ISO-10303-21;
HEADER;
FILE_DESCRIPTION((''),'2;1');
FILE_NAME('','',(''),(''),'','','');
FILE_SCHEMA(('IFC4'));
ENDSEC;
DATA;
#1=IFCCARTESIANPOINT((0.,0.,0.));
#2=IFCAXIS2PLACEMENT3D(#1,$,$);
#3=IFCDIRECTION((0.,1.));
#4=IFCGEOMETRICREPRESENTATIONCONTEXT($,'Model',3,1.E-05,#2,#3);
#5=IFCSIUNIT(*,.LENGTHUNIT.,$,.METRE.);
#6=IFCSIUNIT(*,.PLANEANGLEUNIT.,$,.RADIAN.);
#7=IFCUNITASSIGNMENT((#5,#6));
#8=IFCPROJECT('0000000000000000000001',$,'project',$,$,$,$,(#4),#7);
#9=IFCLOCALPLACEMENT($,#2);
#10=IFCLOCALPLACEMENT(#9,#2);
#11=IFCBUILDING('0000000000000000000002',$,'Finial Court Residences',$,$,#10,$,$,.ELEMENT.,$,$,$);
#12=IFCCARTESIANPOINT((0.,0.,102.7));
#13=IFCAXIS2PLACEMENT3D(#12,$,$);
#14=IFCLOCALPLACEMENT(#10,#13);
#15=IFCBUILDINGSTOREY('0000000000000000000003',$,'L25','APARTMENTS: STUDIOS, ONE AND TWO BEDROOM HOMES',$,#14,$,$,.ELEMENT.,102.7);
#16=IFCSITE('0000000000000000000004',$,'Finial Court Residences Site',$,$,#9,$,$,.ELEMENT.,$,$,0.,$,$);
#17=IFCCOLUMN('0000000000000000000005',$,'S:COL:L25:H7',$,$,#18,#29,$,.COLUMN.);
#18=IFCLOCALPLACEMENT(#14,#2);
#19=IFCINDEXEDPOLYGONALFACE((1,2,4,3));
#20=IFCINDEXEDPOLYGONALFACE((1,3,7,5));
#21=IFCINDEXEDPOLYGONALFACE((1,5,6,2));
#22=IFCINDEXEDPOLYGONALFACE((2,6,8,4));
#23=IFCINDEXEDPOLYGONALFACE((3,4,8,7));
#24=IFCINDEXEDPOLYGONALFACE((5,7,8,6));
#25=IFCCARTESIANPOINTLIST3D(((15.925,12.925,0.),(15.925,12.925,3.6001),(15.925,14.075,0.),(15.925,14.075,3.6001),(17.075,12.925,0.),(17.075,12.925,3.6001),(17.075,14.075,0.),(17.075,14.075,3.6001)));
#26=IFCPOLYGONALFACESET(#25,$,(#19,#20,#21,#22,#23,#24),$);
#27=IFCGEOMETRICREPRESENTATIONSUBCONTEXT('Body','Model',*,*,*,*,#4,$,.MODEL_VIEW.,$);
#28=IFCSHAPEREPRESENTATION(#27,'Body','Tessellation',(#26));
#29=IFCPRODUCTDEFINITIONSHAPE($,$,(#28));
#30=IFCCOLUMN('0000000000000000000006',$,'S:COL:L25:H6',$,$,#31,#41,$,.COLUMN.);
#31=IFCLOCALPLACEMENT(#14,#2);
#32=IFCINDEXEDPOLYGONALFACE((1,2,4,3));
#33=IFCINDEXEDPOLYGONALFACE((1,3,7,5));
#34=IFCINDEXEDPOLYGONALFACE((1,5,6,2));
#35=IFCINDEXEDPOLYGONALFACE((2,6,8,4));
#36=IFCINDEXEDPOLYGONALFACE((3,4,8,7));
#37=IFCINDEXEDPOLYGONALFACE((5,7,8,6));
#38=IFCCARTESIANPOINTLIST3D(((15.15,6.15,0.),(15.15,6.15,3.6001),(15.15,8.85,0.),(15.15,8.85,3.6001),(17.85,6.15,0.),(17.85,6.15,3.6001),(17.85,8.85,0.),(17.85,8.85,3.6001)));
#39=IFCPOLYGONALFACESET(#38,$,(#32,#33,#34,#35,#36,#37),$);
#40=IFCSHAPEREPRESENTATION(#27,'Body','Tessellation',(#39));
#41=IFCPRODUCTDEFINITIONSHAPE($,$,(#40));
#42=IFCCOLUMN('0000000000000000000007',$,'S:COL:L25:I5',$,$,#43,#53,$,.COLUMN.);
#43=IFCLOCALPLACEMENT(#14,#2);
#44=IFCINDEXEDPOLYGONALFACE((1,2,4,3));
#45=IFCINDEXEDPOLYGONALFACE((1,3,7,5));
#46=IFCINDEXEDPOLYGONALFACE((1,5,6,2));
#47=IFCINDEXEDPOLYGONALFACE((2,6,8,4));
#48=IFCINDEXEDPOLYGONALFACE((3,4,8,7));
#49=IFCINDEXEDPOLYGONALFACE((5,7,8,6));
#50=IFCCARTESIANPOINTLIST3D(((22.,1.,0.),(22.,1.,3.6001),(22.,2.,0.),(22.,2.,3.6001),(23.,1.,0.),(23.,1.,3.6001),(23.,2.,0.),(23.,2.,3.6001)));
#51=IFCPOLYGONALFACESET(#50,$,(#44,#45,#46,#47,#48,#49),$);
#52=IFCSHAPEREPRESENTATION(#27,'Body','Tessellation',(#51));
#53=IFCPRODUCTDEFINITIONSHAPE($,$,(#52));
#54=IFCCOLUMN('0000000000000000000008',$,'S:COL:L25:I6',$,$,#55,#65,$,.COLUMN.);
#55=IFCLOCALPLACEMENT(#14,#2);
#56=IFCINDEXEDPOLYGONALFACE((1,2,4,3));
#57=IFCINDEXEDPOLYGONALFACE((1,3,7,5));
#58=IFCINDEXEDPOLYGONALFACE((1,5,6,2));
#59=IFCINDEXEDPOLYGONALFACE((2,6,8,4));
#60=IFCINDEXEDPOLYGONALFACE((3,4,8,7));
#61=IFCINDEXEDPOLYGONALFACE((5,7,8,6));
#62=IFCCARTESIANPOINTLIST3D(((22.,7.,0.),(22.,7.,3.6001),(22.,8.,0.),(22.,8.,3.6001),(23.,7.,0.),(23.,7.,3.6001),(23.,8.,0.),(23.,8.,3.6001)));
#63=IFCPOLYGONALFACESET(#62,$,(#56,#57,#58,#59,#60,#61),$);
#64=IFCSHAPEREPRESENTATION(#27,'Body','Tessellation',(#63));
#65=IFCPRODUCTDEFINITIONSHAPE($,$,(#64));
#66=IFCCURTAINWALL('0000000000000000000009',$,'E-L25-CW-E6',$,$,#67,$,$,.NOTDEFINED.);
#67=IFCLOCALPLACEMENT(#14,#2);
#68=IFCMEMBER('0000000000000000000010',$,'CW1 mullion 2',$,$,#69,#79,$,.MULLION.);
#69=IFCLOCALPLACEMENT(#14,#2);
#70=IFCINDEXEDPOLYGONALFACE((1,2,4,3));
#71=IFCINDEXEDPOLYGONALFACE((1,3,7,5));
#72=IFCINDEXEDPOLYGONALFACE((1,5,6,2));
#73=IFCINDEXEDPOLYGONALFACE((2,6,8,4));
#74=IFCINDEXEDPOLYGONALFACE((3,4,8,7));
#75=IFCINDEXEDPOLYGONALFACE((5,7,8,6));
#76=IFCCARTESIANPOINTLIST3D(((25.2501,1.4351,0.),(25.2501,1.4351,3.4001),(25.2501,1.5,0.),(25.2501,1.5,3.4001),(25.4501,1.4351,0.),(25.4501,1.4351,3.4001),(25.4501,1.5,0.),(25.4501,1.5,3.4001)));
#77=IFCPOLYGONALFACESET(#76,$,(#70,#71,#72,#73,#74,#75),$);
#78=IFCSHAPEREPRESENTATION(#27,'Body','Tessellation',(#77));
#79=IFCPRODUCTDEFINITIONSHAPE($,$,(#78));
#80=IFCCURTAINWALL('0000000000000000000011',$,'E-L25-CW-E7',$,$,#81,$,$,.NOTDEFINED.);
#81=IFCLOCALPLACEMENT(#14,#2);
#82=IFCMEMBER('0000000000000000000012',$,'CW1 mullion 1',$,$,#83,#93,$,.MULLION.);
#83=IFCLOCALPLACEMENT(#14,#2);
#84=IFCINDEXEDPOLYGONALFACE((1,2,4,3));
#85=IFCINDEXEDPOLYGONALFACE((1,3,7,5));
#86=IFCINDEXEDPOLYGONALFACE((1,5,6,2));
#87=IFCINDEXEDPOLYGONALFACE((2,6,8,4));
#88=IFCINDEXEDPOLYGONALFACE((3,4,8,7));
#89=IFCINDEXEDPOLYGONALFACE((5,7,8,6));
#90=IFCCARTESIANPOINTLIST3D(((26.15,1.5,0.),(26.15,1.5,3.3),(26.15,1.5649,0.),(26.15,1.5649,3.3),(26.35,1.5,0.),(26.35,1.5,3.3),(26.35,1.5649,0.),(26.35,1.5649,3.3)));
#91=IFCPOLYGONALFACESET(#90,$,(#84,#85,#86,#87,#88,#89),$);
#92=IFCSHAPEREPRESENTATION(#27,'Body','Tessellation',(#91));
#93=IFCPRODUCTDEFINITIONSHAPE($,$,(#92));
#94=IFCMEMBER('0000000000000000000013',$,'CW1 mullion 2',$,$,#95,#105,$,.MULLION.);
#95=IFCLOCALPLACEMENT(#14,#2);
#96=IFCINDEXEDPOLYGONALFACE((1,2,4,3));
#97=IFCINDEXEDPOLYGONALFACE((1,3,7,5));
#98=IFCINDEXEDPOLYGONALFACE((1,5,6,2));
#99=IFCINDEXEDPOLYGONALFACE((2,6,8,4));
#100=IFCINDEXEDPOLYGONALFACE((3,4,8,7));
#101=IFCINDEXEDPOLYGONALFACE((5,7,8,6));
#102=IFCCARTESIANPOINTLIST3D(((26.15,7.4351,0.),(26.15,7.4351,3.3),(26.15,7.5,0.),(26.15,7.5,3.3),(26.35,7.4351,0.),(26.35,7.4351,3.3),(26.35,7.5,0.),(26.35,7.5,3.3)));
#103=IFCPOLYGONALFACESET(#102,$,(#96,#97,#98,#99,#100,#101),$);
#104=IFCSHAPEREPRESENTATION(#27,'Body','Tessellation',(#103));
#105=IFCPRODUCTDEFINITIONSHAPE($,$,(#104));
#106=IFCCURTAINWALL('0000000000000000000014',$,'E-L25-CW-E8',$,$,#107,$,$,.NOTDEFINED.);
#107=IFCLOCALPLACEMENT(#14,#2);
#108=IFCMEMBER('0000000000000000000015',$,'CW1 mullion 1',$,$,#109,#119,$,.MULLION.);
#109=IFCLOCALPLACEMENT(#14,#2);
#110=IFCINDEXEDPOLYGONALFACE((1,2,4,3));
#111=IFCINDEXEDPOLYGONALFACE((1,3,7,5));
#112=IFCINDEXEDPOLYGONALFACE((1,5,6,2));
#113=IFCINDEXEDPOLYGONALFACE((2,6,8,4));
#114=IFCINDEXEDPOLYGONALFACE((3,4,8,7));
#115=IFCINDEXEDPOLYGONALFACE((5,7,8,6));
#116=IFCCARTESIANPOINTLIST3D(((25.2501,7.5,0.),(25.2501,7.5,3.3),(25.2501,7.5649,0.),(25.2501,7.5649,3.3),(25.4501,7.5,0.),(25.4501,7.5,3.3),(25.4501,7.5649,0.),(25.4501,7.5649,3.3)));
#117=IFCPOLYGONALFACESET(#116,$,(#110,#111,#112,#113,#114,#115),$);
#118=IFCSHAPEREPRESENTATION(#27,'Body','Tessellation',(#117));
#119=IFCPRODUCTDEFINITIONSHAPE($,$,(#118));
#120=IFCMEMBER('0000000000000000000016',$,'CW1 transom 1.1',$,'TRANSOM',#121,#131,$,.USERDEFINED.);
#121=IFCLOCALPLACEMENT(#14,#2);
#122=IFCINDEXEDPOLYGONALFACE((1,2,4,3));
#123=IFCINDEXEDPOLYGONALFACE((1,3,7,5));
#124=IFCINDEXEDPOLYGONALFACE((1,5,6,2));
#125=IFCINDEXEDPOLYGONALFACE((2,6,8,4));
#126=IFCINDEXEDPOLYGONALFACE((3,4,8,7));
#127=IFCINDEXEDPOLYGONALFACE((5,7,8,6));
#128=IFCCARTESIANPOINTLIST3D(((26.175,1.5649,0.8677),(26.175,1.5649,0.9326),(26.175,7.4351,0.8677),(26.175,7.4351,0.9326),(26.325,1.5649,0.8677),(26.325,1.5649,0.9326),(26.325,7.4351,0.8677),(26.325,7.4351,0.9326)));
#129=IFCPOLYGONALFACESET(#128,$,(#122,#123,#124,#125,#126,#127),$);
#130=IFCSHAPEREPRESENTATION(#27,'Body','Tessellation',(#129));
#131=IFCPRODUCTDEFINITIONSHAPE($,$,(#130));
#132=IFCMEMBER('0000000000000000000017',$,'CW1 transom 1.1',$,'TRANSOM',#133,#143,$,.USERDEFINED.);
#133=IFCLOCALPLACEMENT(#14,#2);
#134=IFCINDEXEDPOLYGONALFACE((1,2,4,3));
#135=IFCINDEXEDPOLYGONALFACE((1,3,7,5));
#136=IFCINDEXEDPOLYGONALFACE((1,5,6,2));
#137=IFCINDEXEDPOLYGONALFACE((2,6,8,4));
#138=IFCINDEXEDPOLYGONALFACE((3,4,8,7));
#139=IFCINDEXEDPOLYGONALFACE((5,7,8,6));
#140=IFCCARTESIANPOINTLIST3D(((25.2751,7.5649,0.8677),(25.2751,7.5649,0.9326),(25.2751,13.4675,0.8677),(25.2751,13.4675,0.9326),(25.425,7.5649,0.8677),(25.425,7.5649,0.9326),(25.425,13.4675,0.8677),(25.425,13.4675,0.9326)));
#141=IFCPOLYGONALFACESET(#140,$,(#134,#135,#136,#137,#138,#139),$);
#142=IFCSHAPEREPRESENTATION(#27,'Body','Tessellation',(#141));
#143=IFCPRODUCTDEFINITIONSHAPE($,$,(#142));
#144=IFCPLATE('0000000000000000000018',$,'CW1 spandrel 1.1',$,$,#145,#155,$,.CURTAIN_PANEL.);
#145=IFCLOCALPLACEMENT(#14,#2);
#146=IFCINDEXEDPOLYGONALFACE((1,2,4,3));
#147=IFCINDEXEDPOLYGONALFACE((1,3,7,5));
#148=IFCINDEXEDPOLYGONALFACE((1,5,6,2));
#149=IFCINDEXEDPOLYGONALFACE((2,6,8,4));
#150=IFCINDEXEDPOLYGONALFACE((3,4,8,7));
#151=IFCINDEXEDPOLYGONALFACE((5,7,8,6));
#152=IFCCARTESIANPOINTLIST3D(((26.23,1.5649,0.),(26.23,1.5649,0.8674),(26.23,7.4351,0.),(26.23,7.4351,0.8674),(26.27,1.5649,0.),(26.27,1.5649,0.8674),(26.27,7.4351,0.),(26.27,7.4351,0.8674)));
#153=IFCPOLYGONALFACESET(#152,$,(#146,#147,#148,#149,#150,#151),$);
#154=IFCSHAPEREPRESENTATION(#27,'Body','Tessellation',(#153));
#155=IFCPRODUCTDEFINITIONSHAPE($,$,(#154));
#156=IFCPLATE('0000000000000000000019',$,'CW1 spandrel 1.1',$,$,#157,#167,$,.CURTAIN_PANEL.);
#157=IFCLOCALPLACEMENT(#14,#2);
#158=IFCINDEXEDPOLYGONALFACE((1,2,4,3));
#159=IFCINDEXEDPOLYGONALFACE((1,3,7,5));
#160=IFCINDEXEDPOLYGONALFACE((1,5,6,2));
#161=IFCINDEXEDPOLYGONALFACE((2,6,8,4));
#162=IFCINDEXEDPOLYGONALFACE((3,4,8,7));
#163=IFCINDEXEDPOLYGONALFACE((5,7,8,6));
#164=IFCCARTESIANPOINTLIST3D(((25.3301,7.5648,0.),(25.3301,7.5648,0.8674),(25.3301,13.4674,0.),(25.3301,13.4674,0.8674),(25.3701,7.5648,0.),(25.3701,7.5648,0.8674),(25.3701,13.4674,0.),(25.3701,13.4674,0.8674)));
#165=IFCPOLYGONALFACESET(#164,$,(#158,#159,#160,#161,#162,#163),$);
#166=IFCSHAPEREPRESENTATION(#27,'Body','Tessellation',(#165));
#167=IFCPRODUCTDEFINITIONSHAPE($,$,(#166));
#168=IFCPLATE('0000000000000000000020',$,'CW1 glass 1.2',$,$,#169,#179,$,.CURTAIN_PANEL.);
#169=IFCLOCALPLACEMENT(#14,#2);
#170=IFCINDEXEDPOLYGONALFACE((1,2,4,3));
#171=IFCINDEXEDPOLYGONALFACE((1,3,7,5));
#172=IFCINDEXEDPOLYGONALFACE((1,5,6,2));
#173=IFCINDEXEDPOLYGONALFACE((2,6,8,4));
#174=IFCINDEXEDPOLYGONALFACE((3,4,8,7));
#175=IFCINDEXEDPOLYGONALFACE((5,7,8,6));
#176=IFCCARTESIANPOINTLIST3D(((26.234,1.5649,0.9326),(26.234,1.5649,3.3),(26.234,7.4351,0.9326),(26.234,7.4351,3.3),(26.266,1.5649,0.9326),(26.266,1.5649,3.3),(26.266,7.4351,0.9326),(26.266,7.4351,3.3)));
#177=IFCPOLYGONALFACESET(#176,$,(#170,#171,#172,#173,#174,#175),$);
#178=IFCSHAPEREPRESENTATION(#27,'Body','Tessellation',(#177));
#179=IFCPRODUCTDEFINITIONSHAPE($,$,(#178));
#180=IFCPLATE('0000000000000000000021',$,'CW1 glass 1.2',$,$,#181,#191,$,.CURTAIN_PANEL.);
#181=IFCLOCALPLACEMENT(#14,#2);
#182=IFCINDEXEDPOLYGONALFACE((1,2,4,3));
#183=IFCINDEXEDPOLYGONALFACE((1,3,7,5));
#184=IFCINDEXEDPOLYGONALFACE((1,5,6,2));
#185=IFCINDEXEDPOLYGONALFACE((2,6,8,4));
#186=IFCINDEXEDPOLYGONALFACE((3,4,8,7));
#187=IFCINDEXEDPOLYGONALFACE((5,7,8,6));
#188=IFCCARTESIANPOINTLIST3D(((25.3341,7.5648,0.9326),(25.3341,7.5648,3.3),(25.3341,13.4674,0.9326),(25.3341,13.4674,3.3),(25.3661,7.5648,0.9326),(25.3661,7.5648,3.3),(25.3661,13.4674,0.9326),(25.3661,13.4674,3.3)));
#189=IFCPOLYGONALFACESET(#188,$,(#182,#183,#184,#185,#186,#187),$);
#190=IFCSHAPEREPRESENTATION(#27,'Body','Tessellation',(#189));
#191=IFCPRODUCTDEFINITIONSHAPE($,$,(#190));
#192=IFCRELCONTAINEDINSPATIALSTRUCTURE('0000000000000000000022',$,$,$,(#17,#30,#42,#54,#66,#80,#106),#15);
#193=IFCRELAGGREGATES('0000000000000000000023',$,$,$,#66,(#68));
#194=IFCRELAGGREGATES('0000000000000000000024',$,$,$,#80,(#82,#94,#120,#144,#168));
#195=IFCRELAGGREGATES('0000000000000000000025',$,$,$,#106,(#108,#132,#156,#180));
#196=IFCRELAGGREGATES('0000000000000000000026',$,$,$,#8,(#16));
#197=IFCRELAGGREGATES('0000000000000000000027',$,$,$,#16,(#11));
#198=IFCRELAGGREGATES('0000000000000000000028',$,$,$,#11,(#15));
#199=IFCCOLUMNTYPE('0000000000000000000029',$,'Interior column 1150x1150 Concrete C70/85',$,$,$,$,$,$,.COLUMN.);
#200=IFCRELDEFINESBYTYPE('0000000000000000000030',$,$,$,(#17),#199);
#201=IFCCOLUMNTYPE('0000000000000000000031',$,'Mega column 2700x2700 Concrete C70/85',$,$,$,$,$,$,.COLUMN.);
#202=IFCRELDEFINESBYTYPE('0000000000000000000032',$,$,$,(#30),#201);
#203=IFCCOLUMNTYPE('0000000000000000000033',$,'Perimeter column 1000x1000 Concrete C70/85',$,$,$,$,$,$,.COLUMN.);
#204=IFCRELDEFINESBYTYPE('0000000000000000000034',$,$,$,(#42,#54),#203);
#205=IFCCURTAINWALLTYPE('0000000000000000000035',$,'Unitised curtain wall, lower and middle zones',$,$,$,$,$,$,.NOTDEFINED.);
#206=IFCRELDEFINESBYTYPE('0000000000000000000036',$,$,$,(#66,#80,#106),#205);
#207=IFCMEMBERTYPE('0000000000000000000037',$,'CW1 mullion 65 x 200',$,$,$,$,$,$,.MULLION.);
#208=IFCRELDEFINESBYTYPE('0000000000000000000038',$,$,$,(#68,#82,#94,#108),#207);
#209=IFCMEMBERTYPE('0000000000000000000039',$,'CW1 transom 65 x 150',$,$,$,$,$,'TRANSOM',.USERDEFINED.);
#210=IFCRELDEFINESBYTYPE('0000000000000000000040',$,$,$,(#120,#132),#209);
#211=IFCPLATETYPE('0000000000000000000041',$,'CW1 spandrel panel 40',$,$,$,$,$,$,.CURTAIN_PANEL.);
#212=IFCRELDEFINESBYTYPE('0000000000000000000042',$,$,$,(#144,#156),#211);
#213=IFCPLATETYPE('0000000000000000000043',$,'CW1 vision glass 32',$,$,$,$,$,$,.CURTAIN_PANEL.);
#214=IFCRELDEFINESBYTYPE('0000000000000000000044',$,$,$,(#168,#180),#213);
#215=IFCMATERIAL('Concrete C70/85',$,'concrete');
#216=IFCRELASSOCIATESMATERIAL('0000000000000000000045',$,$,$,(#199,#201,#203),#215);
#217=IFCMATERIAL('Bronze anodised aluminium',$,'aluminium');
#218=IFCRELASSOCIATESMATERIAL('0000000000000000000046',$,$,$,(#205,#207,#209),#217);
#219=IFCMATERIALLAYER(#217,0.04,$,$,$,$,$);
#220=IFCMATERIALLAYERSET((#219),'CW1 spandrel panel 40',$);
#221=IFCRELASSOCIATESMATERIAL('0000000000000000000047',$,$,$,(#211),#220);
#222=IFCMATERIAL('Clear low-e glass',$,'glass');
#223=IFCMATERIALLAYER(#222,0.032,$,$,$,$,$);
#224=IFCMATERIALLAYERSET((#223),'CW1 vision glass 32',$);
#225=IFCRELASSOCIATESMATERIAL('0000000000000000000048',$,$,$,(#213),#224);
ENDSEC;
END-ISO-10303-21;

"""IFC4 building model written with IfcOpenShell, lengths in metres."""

from ifc_helpers import new_model, si_unit, direction, frame, origin, origin_2d, place, context, subcontext, project, spatial, rectangle, extrude, material, layer, layer_set, material_profile, profile_set, type_object, element, aggregate, save


model = new_model("IFC4")

# Units and contexts
model_context = context("Model", 3, precision=1e-05, world=origin(), true_north=direction((0.0, 1.0)))
body_context = subcontext(model_context, "Body", "Model", "MODEL_VIEW")
ifc_project = project(units=[si_unit("LENGTHUNIT", "METRE"), si_unit("PLANEANGLEUNIT", "RADIAN")], contexts=[model_context])

# Site, building, storey
site_placement = place(None, origin())
site = spatial("IfcSite", under=ifc_project, at=site_placement, Name="Finial Court Residences Site", CompositionType="ELEMENT", RefElevation=0.0)
building_placement = place(site_placement, origin())
building = spatial("IfcBuilding", under=site, at=building_placement, Name="Finial Court Residences", CompositionType="ELEMENT")
storey_placement = place(building_placement, frame((0.0, 0.0, 102.7)))
storey = spatial("IfcBuildingStorey", under=building, at=storey_placement, Name="L25", Description="APARTMENTS: STUDIOS, ONE AND TWO BEDROOM HOMES", CompositionType="ELEMENT", Elevation=102.7)

# Columns
ifc_material_1 = material(Name="Concrete C70/85", Category="concrete")
ifc_material_profile_1 = material_profile(ifc_material_1, rectangle(XDim=1.1499, YDim=1.1499, at=origin_2d()), Name="1150x1150")
ifc_profile_set_1 = profile_set([ifc_material_profile_1], Name="Concrete C70/85")
column_type_1 = type_object("IfcColumnType", Name="Interior column 1150x1150 Concrete C70/85", PredefinedType="COLUMN", material=ifc_profile_set_1)
column_1_placement = place(storey_placement, frame((16.5, 13.5, 0.0), z_axis=(0.0, 0.0, 1.0), x_axis=(1.0, 0.0, 0.0)))
element("IfcColumn", 1, at=column_1_placement, inside=storey, type_object=column_type_1, Name="S:COL:L25:H7", PredefinedType="COLUMN", context=body_context, shape_type="SweptSolid", body=[
    extrude(rectangle(XDim=1.1499, YDim=1.1499, at=origin_2d()), origin(), (0.0, 0.0, 1.0), 3.6001),
])
ifc_material_profile_2 = material_profile(ifc_material_1, rectangle(XDim=2.7, YDim=2.7, at=origin_2d()), Name="2700x2700")
ifc_profile_set_2 = profile_set([ifc_material_profile_2], Name="Concrete C70/85")
column_type_2 = type_object("IfcColumnType", Name="Mega column 2700x2700 Concrete C70/85", PredefinedType="COLUMN", material=ifc_profile_set_2)
column_2_placement = place(storey_placement, frame((16.5, 7.5, 0.0), z_axis=(0.0, 0.0, 1.0), x_axis=(1.0, 0.0, 0.0)))
element("IfcColumn", 2, at=column_2_placement, inside=storey, type_object=column_type_2, Name="S:COL:L25:H6", PredefinedType="COLUMN", context=body_context, shape_type="SweptSolid", body=[
    extrude(rectangle(XDim=2.7, YDim=2.7, at=origin_2d()), origin(), (0.0, 0.0, 1.0), 3.6001),
])
ifc_material_profile_3 = material_profile(ifc_material_1, rectangle(XDim=1.0, YDim=1.0, at=origin_2d()), Name="1000x1000")
ifc_profile_set_3 = profile_set([ifc_material_profile_3], Name="Concrete C70/85")
column_type_3 = type_object("IfcColumnType", Name="Perimeter column 1000x1000 Concrete C70/85", PredefinedType="COLUMN", material=ifc_profile_set_3)
for number, where, z_axis, x_axis, name in (
    (3, (22.5, 1.5, 0.0), (0.0, 0.0, 1.0), (1.0, 0.0, 0.0), "S:COL:L25:I5"),
    (4, (22.5, 7.5, 0.0), (0.0, 0.0, 1.0), (1.0, 0.0, 0.0), "S:COL:L25:I6"),
):
    element("IfcColumn", number, at=place(storey_placement, frame(where, z_axis=z_axis, x_axis=x_axis)), inside=storey, type_object=column_type_3, Name=name, PredefinedType="COLUMN", context=body_context, shape_type="SweptSolid", body=[
        extrude(rectangle(XDim=1.0, YDim=1.0, at=origin_2d()), origin(), (0.0, 0.0, 1.0), 3.6001),
    ])

# Curtain wall, member
ifc_material_2 = material(Name="Bronze anodised aluminium", Category="aluminium")
curtain_wall_type = type_object("IfcCurtainWallType", Name="Unitised curtain wall, lower and middle zones", PredefinedType="NOTDEFINED", material=ifc_material_2)
curtain_wall_1_placement = place(storey_placement, origin())
curtain_wall_1 = element("IfcCurtainWall", 5, at=curtain_wall_1_placement, inside=storey, type_object=curtain_wall_type, Name="E-L25-CW-E6", PredefinedType="NOTDEFINED")
ifc_material_profile_4 = material_profile(ifc_material_2, rectangle(XDim=0.2, YDim=0.0649, at=origin_2d()), Name="CW1 mullion 65 x 200")
ifc_profile_set_4 = profile_set([ifc_material_profile_4], Name="Bronze anodised aluminium")
member_type_1 = type_object("IfcMemberType", Name="CW1 mullion 65 x 200", PredefinedType="MULLION", material=ifc_profile_set_4)
member_1_placement = place(storey_placement, frame((25.3501, 1.4675, 0.0), z_axis=(0.0, 0.0, 1.0), x_axis=(-1.0, 0.0, 0.0)))
member_1 = element("IfcMember", 6, at=member_1_placement, type_object=member_type_1, Name="CW1 mullion 2", PredefinedType="MULLION", context=body_context, shape_type="SweptSolid", body=[
    extrude(rectangle(XDim=0.2, YDim=0.0649, at=origin_2d()), origin(), (0.0, 0.0, 1.0), 3.4001),
])
aggregate(curtain_wall_1, [member_1])

# Curtain wall, members
curtain_wall_2_placement = place(storey_placement, origin())
curtain_wall_2 = element("IfcCurtainWall", 7, at=curtain_wall_2_placement, inside=storey, type_object=curtain_wall_type, Name="E-L25-CW-E7", PredefinedType="NOTDEFINED")
member_2_placement = place(storey_placement, frame((26.25, 1.5325, 0.0), z_axis=(0.0, 0.0, 1.0), x_axis=(-1.0, 0.0, 0.0)))
member_2 = element("IfcMember", 8, at=member_2_placement, type_object=member_type_1, Name="CW1 mullion 1", PredefinedType="MULLION", context=body_context, shape_type="SweptSolid", body=[
    extrude(rectangle(XDim=0.2, YDim=0.0649, at=origin_2d()), origin(), (0.0, 0.0, 1.0), 3.3),
])
member_3_placement = place(storey_placement, frame((26.25, 7.4675, 0.0), z_axis=(0.0, 0.0, 1.0), x_axis=(-1.0, 0.0, 0.0)))
member_3 = element("IfcMember", 9, at=member_3_placement, type_object=member_type_1, Name="CW1 mullion 2", PredefinedType="MULLION", context=body_context, shape_type="SweptSolid", body=[
    extrude(rectangle(XDim=0.2, YDim=0.0649, at=origin_2d()), origin(), (0.0, 0.0, 1.0), 3.3),
])

# Curtain wall, member
curtain_wall_3_placement = place(storey_placement, origin())
curtain_wall_3 = element("IfcCurtainWall", 10, at=curtain_wall_3_placement, inside=storey, type_object=curtain_wall_type, Name="E-L25-CW-E8", PredefinedType="NOTDEFINED")
member_4_placement = place(storey_placement, frame((25.3501, 7.5325, 0.0), z_axis=(0.0, 0.0, 1.0), x_axis=(-1.0, 0.0, 0.0)))
member_4 = element("IfcMember", 11, at=member_4_placement, type_object=member_type_1, Name="CW1 mullion 1", PredefinedType="MULLION", context=body_context, shape_type="SweptSolid", body=[
    extrude(rectangle(XDim=0.2, YDim=0.0649, at=origin_2d()), origin(), (0.0, 0.0, 1.0), 3.3),
])

# Members
ifc_material_profile_5 = material_profile(ifc_material_2, rectangle(XDim=0.1499, YDim=0.0649, at=origin_2d()), Name="CW1 transom 65 x 150")
ifc_profile_set_5 = profile_set([ifc_material_profile_5], Name="Bronze anodised aluminium")
member_type_2 = type_object("IfcMemberType", Name="CW1 transom 65 x 150", ElementType="TRANSOM", PredefinedType="USERDEFINED", material=ifc_profile_set_5)
member_5_placement = place(storey_placement, frame((26.25, 1.5649, 0.9001), z_axis=(0.0, 1.0, 0.0), x_axis=(-1.0, 0.0, 0.0)))
member_5 = element("IfcMember", 12, at=member_5_placement, type_object=member_type_2, Name="CW1 transom 1.1", ObjectType="TRANSOM", PredefinedType="USERDEFINED", context=body_context, shape_type="SweptSolid", body=[
    extrude(rectangle(XDim=0.1499, YDim=0.0649, at=origin_2d()), origin(), (0.0, 0.0, 1.0), 5.8701),
])
member_6_placement = place(storey_placement, frame((25.3501, 7.5649, 0.9001), z_axis=(0.0, 1.0, 0.0), x_axis=(-1.0, 0.0, 0.0)))
member_6 = element("IfcMember", 13, at=member_6_placement, type_object=member_type_2, Name="CW1 transom 1.1", ObjectType="TRANSOM", PredefinedType="USERDEFINED", context=body_context, shape_type="SweptSolid", body=[
    extrude(rectangle(XDim=0.1499, YDim=0.0649, at=origin_2d()), origin(), (0.0, 0.0, 1.0), 5.9026),
])

# Plates
ifc_layer_1 = layer(ifc_material_2, 0.04)
ifc_layer_set_1 = layer_set([ifc_layer_1], Name="CW1 spandrel panel 40")
plate_type_1 = type_object("IfcPlateType", Name="CW1 spandrel panel 40", PredefinedType="CURTAIN_PANEL", material=ifc_layer_set_1)
plate_1_placement = place(storey_placement, frame((26.25, 4.5, 0.0), z_axis=(0.0, 0.0, 1.0), x_axis=(0.0, 1.0, 0.0)))
plate_1 = element("IfcPlate", 14, at=plate_1_placement, type_object=plate_type_1, Name="CW1 spandrel 1.1", PredefinedType="CURTAIN_PANEL", context=body_context, shape_type="SweptSolid", body=[
    extrude(rectangle(XDim=5.8701, YDim=0.04, at=origin_2d()), origin(), (0.0, 0.0, 1.0), 0.8674),
])
plate_2_placement = place(storey_placement, frame((25.3501, 10.5161, 0.0), z_axis=(0.0, 0.0, 1.0), x_axis=(0.0, 1.0, 0.0)))
plate_2 = element("IfcPlate", 15, at=plate_2_placement, type_object=plate_type_1, Name="CW1 spandrel 1.1", PredefinedType="CURTAIN_PANEL", context=body_context, shape_type="SweptSolid", body=[
    extrude(rectangle(XDim=5.9026, YDim=0.04, at=origin_2d()), origin(), (0.0, 0.0, 1.0), 0.8674),
])
ifc_material_3 = material(Name="Clear low-e glass", Category="glass")
ifc_layer_2 = layer(ifc_material_3, 0.032)
ifc_layer_set_2 = layer_set([ifc_layer_2], Name="CW1 vision glass 32")
plate_type_2 = type_object("IfcPlateType", Name="CW1 vision glass 32", PredefinedType="CURTAIN_PANEL", material=ifc_layer_set_2)
plate_3_placement = place(storey_placement, frame((26.25, 4.5, 0.9326), z_axis=(0.0, 0.0, 1.0), x_axis=(0.0, 1.0, 0.0)))
plate_3 = element("IfcPlate", 16, at=plate_3_placement, type_object=plate_type_2, Name="CW1 glass 1.2", PredefinedType="CURTAIN_PANEL", context=body_context, shape_type="SweptSolid", body=[
    extrude(rectangle(XDim=5.8701, YDim=0.032, at=origin_2d()), origin(), (0.0, 0.0, 1.0), 2.3674),
])
aggregate(curtain_wall_2, [member_2, member_3, member_5, plate_1, plate_3])
plate_4_placement = place(storey_placement, frame((25.3501, 10.5161, 0.9326), z_axis=(0.0, 0.0, 1.0), x_axis=(0.0, 1.0, 0.0)))
plate_4 = element("IfcPlate", 17, at=plate_4_placement, type_object=plate_type_2, Name="CW1 glass 1.2", PredefinedType="CURTAIN_PANEL", context=body_context, shape_type="SweptSolid", body=[
    extrude(rectangle(XDim=5.9026, YDim=0.032, at=origin_2d()), origin(), (0.0, 0.0, 1.0), 2.3674),
])
aggregate(curtain_wall_3, [member_4, member_6, plate_2, plate_4])

save(model, "model.ifc")
